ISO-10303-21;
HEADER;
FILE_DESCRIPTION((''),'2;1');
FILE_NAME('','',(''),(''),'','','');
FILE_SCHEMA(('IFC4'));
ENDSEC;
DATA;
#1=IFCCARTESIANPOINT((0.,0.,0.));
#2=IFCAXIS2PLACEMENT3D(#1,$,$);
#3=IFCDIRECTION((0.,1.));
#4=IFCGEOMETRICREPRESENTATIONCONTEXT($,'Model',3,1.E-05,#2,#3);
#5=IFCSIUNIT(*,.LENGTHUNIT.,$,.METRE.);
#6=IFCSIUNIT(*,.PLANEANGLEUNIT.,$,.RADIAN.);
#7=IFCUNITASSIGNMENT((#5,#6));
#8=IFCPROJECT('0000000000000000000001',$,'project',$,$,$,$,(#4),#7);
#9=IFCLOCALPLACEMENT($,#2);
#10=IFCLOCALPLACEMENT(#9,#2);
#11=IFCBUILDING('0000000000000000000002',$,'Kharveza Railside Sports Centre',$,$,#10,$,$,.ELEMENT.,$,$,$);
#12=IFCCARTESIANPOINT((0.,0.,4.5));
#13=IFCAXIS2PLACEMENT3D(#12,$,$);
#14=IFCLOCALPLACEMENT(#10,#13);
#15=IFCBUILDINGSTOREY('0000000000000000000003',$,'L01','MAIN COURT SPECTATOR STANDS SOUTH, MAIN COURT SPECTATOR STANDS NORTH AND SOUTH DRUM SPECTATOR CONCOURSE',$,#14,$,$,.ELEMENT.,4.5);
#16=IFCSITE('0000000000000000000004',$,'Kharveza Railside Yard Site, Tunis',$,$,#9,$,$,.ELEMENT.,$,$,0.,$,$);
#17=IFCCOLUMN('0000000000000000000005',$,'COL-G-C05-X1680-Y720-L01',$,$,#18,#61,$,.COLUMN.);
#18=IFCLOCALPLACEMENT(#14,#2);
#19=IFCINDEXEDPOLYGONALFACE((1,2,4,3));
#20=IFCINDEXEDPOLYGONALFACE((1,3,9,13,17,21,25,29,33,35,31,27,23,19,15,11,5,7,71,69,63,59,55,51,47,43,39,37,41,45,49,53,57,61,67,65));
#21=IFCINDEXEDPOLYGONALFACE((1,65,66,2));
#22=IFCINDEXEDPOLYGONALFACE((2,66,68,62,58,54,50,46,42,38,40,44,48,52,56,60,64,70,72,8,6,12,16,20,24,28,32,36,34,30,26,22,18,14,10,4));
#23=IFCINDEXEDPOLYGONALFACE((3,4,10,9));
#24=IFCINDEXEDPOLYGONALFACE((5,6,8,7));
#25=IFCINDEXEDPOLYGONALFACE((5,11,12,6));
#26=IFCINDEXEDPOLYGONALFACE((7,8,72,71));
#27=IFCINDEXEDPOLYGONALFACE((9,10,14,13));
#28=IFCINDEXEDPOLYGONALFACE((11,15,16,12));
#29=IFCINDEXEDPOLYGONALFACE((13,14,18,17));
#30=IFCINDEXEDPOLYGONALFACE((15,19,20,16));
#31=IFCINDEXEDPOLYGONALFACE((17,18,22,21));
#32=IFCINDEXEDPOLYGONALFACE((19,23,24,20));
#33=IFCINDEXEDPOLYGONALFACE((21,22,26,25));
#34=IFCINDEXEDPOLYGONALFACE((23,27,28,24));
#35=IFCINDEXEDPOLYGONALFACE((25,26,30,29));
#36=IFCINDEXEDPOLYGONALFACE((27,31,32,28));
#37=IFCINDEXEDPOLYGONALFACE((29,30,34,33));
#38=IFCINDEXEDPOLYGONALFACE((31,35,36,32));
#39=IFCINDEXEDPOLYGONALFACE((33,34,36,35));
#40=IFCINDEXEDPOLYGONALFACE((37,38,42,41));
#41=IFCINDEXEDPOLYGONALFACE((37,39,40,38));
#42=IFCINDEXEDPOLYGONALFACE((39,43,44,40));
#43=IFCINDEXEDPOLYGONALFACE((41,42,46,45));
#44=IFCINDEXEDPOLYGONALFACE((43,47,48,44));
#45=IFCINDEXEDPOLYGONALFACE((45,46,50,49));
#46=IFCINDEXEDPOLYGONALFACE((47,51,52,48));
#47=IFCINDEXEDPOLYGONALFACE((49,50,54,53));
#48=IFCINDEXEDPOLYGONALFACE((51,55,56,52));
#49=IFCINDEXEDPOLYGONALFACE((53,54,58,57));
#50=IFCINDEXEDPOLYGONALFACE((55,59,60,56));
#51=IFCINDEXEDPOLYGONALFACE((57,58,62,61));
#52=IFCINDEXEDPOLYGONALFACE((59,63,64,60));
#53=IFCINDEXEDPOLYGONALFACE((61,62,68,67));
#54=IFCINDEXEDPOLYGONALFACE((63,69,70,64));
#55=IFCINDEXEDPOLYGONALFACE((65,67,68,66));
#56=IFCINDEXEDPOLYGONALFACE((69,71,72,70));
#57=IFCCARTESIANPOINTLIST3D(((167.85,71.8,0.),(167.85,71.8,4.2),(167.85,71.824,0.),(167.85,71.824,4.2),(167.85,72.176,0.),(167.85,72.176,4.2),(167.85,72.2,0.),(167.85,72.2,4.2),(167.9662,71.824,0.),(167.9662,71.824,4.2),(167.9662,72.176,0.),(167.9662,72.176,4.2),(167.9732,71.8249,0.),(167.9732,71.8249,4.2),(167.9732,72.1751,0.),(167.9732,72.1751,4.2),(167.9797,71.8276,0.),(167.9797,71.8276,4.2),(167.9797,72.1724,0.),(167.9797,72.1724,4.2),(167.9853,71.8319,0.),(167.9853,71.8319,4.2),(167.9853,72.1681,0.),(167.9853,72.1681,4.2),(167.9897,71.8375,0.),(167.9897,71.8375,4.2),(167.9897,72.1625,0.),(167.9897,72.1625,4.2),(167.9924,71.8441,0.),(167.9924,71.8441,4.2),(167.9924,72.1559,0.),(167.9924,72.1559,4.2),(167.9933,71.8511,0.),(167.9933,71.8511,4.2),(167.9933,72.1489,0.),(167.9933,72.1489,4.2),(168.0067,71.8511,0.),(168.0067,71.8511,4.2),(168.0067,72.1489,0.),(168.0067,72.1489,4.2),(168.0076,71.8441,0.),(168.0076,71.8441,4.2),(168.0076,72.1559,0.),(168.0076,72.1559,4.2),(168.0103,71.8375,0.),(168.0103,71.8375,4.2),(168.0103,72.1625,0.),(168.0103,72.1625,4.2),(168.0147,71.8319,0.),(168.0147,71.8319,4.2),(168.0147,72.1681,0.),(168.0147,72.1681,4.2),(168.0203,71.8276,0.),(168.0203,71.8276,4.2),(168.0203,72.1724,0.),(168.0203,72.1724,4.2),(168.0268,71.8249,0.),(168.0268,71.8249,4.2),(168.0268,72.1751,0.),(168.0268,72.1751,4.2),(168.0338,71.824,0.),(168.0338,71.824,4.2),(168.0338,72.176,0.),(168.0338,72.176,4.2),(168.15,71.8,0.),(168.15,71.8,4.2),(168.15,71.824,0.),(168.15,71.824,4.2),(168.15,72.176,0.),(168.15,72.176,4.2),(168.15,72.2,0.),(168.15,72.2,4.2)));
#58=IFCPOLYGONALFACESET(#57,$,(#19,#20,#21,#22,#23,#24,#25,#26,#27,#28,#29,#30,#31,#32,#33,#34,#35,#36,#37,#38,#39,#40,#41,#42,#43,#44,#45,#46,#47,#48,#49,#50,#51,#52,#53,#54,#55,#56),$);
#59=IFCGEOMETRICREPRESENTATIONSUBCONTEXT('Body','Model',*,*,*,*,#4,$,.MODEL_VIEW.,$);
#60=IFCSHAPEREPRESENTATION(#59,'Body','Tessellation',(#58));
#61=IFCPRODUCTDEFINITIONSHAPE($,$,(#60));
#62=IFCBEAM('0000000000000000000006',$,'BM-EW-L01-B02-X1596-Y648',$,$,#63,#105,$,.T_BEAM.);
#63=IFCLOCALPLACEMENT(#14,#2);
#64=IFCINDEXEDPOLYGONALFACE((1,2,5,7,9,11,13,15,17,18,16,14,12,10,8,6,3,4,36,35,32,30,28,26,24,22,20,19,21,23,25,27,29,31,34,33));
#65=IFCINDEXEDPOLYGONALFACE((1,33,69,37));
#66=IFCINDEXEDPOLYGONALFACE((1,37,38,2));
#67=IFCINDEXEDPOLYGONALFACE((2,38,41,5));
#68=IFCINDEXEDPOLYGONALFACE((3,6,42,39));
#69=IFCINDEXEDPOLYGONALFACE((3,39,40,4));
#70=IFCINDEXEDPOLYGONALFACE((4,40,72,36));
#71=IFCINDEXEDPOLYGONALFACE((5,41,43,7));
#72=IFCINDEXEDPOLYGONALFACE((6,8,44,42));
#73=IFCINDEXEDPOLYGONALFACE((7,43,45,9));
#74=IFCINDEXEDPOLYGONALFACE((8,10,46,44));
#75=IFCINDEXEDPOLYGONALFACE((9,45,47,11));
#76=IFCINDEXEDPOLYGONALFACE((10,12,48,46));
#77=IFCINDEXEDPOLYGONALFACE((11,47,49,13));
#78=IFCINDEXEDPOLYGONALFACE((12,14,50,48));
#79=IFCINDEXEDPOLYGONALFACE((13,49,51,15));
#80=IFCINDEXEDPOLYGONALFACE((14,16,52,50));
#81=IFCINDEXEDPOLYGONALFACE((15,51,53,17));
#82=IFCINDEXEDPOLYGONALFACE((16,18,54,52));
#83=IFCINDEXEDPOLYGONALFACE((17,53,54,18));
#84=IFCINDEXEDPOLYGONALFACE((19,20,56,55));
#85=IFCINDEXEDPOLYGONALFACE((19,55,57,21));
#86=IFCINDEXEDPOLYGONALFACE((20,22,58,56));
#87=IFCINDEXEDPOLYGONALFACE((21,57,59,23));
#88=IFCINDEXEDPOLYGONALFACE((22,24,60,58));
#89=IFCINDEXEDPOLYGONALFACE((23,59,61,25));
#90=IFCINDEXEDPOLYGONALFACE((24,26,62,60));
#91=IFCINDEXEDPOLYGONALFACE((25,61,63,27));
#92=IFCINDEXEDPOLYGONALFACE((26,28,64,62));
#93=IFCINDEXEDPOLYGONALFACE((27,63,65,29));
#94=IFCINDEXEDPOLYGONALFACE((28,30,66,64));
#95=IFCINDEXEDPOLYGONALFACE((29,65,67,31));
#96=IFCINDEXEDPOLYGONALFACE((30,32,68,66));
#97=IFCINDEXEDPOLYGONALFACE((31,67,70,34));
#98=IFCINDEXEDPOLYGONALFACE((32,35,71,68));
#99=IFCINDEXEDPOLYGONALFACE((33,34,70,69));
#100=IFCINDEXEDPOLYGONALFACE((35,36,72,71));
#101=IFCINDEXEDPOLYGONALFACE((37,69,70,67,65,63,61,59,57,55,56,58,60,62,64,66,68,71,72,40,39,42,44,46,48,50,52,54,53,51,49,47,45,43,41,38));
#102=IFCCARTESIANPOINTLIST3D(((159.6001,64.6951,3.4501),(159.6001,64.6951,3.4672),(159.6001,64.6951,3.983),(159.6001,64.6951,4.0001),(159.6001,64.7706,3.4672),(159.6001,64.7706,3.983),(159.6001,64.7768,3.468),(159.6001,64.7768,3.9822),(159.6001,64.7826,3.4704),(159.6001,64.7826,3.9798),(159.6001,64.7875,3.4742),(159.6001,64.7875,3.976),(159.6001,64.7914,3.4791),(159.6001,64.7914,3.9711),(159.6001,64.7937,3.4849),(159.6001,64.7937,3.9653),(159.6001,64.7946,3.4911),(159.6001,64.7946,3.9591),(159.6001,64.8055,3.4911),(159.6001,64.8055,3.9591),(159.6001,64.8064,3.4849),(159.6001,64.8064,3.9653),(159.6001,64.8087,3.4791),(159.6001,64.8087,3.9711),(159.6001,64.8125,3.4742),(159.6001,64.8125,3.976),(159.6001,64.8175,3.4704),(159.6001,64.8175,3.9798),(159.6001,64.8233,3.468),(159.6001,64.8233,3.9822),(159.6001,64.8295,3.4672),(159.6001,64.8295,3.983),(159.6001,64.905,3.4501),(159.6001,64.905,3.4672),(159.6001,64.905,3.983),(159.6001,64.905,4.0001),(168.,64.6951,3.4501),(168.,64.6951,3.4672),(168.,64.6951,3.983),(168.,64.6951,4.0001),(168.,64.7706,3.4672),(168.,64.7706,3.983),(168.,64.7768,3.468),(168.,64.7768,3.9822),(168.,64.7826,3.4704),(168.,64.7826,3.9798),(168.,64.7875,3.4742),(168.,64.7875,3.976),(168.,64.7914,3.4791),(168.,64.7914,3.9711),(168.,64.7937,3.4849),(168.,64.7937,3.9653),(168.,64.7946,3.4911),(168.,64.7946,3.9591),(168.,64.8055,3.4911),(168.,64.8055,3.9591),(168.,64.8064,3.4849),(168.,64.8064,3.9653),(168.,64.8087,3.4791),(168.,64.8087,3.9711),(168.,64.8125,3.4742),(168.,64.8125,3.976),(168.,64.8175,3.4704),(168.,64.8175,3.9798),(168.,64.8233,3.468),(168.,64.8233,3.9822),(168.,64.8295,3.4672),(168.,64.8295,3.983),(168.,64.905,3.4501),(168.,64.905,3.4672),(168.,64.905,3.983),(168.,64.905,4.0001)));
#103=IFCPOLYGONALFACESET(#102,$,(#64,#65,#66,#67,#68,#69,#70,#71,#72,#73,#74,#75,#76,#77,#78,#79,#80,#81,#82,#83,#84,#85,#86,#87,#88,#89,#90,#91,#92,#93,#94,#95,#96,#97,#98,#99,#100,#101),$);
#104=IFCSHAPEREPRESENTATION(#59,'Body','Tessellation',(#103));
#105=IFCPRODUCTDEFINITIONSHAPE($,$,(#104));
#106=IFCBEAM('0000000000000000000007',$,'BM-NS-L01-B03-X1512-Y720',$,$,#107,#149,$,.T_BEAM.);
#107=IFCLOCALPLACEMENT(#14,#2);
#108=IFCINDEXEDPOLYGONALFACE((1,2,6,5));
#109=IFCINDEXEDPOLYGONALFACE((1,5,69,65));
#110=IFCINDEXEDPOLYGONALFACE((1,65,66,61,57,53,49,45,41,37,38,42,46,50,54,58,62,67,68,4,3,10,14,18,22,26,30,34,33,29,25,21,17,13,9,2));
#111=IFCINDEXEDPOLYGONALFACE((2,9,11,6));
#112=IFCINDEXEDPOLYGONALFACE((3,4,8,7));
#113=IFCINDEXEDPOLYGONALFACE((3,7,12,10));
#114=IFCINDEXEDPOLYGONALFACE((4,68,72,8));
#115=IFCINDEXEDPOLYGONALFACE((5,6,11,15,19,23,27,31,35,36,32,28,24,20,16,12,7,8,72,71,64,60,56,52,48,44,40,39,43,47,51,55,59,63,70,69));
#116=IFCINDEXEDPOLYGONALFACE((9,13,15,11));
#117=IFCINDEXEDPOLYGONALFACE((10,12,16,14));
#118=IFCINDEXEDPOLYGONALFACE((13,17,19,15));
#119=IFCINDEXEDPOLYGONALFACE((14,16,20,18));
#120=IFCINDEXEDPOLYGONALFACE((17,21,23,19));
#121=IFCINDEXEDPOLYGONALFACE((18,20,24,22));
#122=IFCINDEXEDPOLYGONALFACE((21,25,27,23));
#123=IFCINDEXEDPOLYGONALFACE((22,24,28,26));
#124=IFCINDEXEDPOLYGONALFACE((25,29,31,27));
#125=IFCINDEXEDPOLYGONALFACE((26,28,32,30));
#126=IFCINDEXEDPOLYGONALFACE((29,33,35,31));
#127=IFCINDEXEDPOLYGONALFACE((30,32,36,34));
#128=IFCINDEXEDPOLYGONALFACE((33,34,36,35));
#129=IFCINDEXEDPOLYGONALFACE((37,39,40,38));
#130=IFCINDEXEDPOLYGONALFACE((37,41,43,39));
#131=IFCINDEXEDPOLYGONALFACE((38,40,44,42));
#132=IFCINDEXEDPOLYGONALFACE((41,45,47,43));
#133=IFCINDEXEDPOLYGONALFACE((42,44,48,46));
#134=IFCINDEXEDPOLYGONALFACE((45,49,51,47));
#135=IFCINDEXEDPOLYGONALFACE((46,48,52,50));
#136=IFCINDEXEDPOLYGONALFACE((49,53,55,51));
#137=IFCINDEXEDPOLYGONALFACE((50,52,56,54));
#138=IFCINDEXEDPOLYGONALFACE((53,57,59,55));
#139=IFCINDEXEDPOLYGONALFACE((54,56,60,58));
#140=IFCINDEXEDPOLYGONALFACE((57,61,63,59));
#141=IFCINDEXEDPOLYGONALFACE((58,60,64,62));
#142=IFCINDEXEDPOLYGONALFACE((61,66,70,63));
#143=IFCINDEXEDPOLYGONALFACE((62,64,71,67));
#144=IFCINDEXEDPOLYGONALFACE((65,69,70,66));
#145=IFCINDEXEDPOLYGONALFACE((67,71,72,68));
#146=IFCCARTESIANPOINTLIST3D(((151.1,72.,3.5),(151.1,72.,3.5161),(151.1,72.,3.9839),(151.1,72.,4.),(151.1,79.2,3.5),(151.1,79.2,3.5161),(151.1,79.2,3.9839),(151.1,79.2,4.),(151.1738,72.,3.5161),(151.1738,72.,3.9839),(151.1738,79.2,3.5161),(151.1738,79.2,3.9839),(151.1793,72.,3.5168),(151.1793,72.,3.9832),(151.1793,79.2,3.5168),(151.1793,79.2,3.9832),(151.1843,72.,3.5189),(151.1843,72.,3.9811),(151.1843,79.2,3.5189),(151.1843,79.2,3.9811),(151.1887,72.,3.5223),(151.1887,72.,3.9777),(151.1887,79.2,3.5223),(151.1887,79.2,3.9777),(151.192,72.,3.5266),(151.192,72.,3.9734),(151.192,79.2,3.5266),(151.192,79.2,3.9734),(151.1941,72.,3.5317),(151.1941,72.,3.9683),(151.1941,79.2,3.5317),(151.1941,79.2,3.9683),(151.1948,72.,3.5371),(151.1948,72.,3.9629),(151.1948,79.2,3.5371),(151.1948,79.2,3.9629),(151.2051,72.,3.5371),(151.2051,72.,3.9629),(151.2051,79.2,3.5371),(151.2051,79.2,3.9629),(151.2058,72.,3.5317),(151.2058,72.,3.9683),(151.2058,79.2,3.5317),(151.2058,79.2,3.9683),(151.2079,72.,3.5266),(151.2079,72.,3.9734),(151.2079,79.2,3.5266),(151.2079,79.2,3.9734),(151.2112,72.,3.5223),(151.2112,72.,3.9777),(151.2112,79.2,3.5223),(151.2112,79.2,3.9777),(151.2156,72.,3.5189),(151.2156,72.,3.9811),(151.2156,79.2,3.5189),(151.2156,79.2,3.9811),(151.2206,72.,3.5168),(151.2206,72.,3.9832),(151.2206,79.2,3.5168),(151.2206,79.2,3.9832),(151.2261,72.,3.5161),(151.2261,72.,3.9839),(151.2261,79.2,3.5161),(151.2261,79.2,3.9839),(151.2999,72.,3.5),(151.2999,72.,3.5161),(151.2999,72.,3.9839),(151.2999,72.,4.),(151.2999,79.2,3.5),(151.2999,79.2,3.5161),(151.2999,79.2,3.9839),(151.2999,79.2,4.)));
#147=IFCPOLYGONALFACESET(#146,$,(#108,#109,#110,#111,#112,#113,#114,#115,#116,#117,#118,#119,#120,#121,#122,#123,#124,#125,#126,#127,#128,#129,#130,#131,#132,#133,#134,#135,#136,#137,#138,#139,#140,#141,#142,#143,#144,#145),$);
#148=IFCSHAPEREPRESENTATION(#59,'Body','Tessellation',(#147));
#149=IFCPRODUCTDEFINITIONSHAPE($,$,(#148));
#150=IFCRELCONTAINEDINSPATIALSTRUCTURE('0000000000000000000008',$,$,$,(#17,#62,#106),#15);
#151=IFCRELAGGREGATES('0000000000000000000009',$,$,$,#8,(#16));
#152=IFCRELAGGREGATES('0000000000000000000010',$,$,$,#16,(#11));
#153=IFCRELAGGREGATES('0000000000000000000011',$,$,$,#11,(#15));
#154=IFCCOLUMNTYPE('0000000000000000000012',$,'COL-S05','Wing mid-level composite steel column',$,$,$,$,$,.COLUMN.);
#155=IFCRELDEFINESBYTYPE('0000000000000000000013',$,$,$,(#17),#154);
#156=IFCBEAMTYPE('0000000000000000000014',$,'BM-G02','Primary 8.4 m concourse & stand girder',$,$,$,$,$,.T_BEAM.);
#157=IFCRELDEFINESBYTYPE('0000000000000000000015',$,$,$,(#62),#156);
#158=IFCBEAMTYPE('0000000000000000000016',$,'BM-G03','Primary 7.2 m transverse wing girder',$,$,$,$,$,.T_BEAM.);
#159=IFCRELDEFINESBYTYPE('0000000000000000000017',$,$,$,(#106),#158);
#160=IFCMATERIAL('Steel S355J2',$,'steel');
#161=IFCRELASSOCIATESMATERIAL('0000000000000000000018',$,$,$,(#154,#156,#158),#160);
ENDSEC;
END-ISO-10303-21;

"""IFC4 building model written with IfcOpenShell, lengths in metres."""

from ifc_helpers import new_model, si_unit, direction, frame, origin, origin_2d, place, context, subcontext, project, spatial, i_section, extrude, material, material_profile, profile_set, type_object, element, save


model = new_model("IFC4")

# Units and contexts
model_context = context("Model", 3, precision=1e-05, world=origin(), true_north=direction((0.0, 1.0)))
body_context = subcontext(model_context, "Body", "Model", "MODEL_VIEW")
ifc_project = project(units=[si_unit("LENGTHUNIT", "METRE"), si_unit("PLANEANGLEUNIT", "RADIAN")], contexts=[model_context])

# Site, building, storey
site_placement = place(None, origin())
site = spatial("IfcSite", under=ifc_project, at=site_placement, Name="Kharveza Railside Yard Site, Tunis", CompositionType="ELEMENT", RefElevation=0.0)
building_placement = place(site_placement, origin())
building = spatial("IfcBuilding", under=site, at=building_placement, Name="Kharveza Railside Sports Centre", CompositionType="ELEMENT")
storey_placement = place(building_placement, frame((0.0, 0.0, 4.5)))
storey = spatial("IfcBuildingStorey", under=building, at=storey_placement, Name="L01", Description="MAIN COURT SPECTATOR STANDS SOUTH, MAIN COURT SPECTATOR STANDS NORTH AND SOUTH DRUM SPECTATOR CONCOURSE", CompositionType="ELEMENT", Elevation=4.5)

# Column
ifc_material_1 = material(Name="Steel S355J2", Category="steel")
ifc_material_profile_1 = material_profile(ifc_material_1, i_section(OverallWidth=0.3, OverallDepth=0.3999, WebThickness=0.0134, FlangeThickness=0.0239, FilletRadius=0.0271, at=origin_2d()), Name="HEB 400")
ifc_profile_set_1 = profile_set([ifc_material_profile_1], Name="Steel S355J2")
column_type = type_object("IfcColumnType", Name="COL-S05", Description="Wing mid-level composite steel column", PredefinedType="COLUMN", material=ifc_profile_set_1)
for number, where, z_axis, x_axis, name in (
    (1, (168.0, 72.0, 0.0), (0.0, 0.0, 1.0), (1.0, 0.0, 0.0), "COL-G-C05-X1680-Y720-L01"),
):
    element("IfcColumn", number, at=place(storey_placement, frame(where, z_axis=z_axis, x_axis=x_axis)), inside=storey, type_object=column_type, Name=name, PredefinedType="COLUMN", context=body_context, shape_type="SweptSolid", body=[
        extrude(i_section(OverallWidth=0.3, OverallDepth=0.3999, WebThickness=0.0134, FlangeThickness=0.0239, FilletRadius=0.0271, at=origin_2d()), origin(), (0.0, 0.0, 1.0), 4.2),
    ])

# Beams
ifc_material_profile_2 = material_profile(ifc_material_1, i_section(OverallWidth=0.21, OverallDepth=0.55, WebThickness=0.011, FlangeThickness=0.0171, FilletRadius=0.0239, at=origin_2d()), Name="IPE 550")
ifc_profile_set_2 = profile_set([ifc_material_profile_2], Name="Steel S355J2")
beam_type_1 = type_object("IfcBeamType", Name="BM-G02", Description="Primary 8.4 m concourse & stand girder", PredefinedType="T_BEAM", material=ifc_profile_set_2)
beam_1_placement = place(storey_placement, frame((159.6001, 64.8, 3.7251), z_axis=(1.0, 0.0, 0.0), x_axis=(0.0, 1.0, 0.0)))
element("IfcBeam", 2, at=beam_1_placement, inside=storey, type_object=beam_type_1, Name="BM-EW-L01-B02-X1596-Y648", PredefinedType="T_BEAM", context=body_context, shape_type="SweptSolid", body=[
    extrude(i_section(OverallWidth=0.21, OverallDepth=0.55, WebThickness=0.011, FlangeThickness=0.0171, FilletRadius=0.0239, at=origin_2d()), origin(), (0.0, 0.0, 1.0), 8.3999),
])
ifc_material_profile_3 = material_profile(ifc_material_1, i_section(OverallWidth=0.2, OverallDepth=0.5, WebThickness=0.0103, FlangeThickness=0.0161, FilletRadius=0.021, at=origin_2d()), Name="IPE 500")
ifc_profile_set_3 = profile_set([ifc_material_profile_3], Name="Steel S355J2")
beam_type_2 = type_object("IfcBeamType", Name="BM-G03", Description="Primary 7.2 m transverse wing girder", PredefinedType="T_BEAM", material=ifc_profile_set_3)
beam_2_placement = place(storey_placement, frame((151.2, 72.0, 3.75), z_axis=(0.0, 1.0, 0.0), x_axis=(-1.0, 0.0, 0.0)))
element("IfcBeam", 3, at=beam_2_placement, inside=storey, type_object=beam_type_2, Name="BM-NS-L01-B03-X1512-Y720", PredefinedType="T_BEAM", context=body_context, shape_type="SweptSolid", body=[
    extrude(i_section(OverallWidth=0.2, OverallDepth=0.5, WebThickness=0.0103, FlangeThickness=0.0161, FilletRadius=0.021, at=origin_2d()), origin(), (0.0, 0.0, 1.0), 7.2),
])

save(model, "model.ifc")
